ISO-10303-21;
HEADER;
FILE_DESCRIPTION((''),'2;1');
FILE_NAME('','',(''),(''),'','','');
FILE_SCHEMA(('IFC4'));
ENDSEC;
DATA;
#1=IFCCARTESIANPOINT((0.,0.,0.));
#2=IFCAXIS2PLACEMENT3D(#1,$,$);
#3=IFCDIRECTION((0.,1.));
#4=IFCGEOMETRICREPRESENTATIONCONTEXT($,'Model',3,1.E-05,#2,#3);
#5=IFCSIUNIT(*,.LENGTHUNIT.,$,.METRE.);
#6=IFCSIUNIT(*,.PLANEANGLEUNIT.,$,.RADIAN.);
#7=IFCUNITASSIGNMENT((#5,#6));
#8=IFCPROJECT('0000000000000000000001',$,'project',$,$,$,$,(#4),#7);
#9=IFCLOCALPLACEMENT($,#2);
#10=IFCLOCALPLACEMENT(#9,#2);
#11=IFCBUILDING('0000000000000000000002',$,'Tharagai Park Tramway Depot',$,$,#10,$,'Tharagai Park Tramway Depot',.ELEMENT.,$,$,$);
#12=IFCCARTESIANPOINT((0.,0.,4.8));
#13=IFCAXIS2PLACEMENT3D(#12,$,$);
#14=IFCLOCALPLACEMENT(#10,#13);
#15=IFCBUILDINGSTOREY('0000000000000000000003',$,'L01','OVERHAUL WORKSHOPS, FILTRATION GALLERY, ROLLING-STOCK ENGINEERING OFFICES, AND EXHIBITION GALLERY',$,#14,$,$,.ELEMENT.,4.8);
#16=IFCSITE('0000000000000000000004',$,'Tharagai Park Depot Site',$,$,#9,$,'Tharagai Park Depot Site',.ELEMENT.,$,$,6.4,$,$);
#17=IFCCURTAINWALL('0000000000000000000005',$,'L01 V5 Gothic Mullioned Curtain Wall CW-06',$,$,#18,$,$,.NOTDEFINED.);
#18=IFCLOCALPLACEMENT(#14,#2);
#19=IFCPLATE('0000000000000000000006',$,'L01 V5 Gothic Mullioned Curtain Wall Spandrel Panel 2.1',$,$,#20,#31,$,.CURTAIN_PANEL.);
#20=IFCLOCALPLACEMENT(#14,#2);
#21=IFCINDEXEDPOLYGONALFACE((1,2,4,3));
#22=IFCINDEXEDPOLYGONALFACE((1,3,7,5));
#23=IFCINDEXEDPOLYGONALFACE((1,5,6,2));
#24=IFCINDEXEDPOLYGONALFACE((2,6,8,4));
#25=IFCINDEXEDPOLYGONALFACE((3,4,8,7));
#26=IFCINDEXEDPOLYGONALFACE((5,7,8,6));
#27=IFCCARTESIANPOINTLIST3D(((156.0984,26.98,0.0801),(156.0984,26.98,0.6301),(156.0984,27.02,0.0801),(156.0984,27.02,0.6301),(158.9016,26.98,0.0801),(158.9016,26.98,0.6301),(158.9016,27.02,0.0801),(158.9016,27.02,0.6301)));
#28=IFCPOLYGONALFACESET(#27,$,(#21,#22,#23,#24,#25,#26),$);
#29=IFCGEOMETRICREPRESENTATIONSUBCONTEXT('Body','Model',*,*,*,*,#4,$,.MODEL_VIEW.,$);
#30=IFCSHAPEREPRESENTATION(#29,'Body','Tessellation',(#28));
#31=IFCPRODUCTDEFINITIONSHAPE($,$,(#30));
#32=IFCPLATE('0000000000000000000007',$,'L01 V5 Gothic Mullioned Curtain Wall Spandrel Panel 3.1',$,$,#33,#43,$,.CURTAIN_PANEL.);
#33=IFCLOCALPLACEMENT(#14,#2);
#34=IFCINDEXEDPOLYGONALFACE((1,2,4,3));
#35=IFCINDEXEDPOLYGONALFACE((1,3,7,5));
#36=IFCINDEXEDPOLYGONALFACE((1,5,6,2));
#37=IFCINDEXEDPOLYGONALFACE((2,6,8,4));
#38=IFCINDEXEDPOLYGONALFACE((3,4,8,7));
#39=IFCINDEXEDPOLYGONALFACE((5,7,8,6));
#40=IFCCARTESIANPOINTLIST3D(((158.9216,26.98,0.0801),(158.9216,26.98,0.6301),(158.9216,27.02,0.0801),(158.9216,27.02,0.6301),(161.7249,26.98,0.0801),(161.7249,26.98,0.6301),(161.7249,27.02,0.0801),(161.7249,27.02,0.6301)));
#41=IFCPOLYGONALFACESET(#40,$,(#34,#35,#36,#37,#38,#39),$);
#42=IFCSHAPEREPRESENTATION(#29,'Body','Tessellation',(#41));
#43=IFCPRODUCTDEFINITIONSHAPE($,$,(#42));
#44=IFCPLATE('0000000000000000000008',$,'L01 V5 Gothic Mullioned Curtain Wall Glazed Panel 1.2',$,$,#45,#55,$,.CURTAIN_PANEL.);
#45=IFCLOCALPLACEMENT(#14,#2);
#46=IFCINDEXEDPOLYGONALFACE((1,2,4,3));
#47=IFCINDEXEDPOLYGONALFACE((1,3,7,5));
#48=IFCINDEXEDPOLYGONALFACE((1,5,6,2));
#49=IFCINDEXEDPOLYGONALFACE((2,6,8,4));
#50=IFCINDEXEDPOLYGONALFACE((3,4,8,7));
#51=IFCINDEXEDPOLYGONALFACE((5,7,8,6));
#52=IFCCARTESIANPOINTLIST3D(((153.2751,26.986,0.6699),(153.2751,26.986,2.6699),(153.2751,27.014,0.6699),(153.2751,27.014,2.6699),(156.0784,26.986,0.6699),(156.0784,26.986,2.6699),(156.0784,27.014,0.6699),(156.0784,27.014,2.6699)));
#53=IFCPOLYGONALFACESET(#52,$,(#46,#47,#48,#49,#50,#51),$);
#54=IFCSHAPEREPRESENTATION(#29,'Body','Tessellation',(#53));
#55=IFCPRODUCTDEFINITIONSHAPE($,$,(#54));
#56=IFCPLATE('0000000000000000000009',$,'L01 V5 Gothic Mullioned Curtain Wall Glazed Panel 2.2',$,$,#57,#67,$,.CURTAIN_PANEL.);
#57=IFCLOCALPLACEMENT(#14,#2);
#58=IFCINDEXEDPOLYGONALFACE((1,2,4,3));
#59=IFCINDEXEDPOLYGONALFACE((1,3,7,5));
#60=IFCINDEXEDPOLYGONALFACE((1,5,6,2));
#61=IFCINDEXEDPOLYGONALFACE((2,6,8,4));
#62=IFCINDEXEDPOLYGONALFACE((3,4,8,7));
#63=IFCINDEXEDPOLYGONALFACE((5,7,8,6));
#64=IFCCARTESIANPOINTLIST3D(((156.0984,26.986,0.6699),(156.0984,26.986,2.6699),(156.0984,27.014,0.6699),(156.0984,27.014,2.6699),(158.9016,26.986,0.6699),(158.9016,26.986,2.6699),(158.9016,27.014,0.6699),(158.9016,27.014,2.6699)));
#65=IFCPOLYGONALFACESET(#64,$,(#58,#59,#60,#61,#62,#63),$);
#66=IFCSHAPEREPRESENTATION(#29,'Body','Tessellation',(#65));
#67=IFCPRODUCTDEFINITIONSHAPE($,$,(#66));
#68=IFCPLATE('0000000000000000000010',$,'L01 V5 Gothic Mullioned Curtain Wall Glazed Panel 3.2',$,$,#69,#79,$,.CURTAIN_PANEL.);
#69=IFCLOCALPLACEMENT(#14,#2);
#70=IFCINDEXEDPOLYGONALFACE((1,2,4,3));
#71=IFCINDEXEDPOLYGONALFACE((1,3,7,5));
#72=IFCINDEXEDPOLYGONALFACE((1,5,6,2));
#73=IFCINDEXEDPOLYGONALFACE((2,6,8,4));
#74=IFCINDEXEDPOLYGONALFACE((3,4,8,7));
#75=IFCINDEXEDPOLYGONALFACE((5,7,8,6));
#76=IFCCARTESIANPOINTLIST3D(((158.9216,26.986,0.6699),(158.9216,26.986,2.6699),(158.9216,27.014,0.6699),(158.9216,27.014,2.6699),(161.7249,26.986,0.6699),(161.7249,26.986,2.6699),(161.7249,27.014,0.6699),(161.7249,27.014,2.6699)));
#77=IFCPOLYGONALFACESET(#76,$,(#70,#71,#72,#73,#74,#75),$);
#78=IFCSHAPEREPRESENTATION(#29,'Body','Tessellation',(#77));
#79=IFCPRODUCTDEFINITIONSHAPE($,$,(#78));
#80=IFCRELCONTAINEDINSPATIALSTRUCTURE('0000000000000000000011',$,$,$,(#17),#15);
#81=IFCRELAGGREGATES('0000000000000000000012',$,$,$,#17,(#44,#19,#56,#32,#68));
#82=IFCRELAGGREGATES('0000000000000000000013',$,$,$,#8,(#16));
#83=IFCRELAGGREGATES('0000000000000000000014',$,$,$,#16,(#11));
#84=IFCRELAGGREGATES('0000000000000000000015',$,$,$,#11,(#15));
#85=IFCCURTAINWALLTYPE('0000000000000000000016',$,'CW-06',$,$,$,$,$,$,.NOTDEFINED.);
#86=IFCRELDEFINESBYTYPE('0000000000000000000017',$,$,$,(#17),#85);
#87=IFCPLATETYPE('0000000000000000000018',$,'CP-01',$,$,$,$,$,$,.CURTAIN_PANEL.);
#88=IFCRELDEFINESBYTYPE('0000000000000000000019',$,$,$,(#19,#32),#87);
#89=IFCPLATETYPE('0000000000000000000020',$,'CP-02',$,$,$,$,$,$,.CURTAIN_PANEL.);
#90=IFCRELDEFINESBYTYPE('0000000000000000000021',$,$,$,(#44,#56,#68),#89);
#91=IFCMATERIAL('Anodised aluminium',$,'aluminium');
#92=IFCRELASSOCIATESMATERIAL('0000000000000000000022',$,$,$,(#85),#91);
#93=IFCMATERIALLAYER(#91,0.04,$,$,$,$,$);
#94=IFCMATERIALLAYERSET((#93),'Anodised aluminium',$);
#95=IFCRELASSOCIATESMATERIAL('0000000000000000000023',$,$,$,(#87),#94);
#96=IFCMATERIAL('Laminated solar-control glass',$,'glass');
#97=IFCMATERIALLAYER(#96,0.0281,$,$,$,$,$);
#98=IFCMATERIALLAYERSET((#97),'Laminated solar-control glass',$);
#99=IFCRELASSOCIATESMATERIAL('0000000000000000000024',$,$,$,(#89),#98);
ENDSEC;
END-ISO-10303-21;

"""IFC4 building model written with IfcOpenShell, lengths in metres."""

from ifc_helpers import new_model, si_unit, direction, frame, origin, origin_2d, place, context, subcontext, project, spatial, rectangle, extrude, material, layer, layer_set, type_object, element, aggregate, save


model = new_model("IFC4")

# Units and contexts
model_context = context("Model", 3, precision=1e-05, world=origin(), true_north=direction((0.0, 1.0)))
body_context = subcontext(model_context, "Body", "Model", "MODEL_VIEW")
ifc_project = project(units=[si_unit("LENGTHUNIT", "METRE"), si_unit("PLANEANGLEUNIT", "RADIAN")], contexts=[model_context])

# Site, building, storey
site_placement = place(None, origin())
site = spatial("IfcSite", under=ifc_project, at=site_placement, Name="Tharagai Park Depot Site", LongName="Tharagai Park Depot Site", CompositionType="ELEMENT", RefElevation=6.4)
building_placement = place(site_placement, origin())
building = spatial("IfcBuilding", under=site, at=building_placement, Name="Tharagai Park Tramway Depot", LongName="Tharagai Park Tramway Depot", CompositionType="ELEMENT")
storey_placement = place(building_placement, frame((0.0, 0.0, 4.8)))
storey = spatial("IfcBuildingStorey", under=building, at=storey_placement, Name="L01", Description="OVERHAUL WORKSHOPS, FILTRATION GALLERY, ROLLING-STOCK ENGINEERING OFFICES, AND EXHIBITION GALLERY", CompositionType="ELEMENT", Elevation=4.8)

# Curtain wall, plates
ifc_material_1 = material(Name="Anodised aluminium", Category="aluminium")
curtain_wall_type = type_object("IfcCurtainWallType", Name="CW-06", PredefinedType="NOTDEFINED", material=ifc_material_1)
curtain_wall_placement = place(storey_placement, origin())
curtain_wall = element("IfcCurtainWall", 1, at=curtain_wall_placement, inside=storey, type_object=curtain_wall_type, Name="L01 V5 Gothic Mullioned Curtain Wall CW-06", PredefinedType="NOTDEFINED")
ifc_layer_1 = layer(ifc_material_1, 0.04)
ifc_layer_set_1 = layer_set([ifc_layer_1], Name="Anodised aluminium")
plate_type_1 = type_object("IfcPlateType", Name="CP-01", PredefinedType="CURTAIN_PANEL", material=ifc_layer_set_1)
plate_1_placement = place(storey_placement, frame((157.5, 27.0, 0.0801), z_axis=(0.0, 0.0, 1.0), x_axis=(1.0, 0.0, 0.0)))
plate_1 = element("IfcPlate", 2, at=plate_1_placement, type_object=plate_type_1, Name="L01 V5 Gothic Mullioned Curtain Wall Spandrel Panel 2.1", PredefinedType="CURTAIN_PANEL", context=body_context, shape_type="SweptSolid", body=[
    extrude(rectangle(XDim=2.8032, YDim=0.04, at=origin_2d()), origin(), (0.0, 0.0, 1.0), 0.55),
])
plate_2_placement = place(storey_placement, frame((160.3232, 27.0, 0.0801), z_axis=(0.0, 0.0, 1.0), x_axis=(1.0, 0.0, 0.0)))
plate_2 = element("IfcPlate", 3, at=plate_2_placement, type_object=plate_type_1, Name="L01 V5 Gothic Mullioned Curtain Wall Spandrel Panel 3.1", PredefinedType="CURTAIN_PANEL", context=body_context, shape_type="SweptSolid", body=[
    extrude(rectangle(XDim=2.8032, YDim=0.04, at=origin_2d()), origin(), (0.0, 0.0, 1.0), 0.55),
])
ifc_material_2 = material(Name="Laminated solar-control glass", Category="glass")
ifc_layer_2 = layer(ifc_material_2, 0.0281)
ifc_layer_set_2 = layer_set([ifc_layer_2], Name="Laminated solar-control glass")
plate_type_2 = type_object("IfcPlateType", Name="CP-02", PredefinedType="CURTAIN_PANEL", material=ifc_layer_set_2)
plate_3_placement = place(storey_placement, frame((154.6768, 27.0, 0.6699), z_axis=(0.0, 0.0, 1.0), x_axis=(1.0, 0.0, 0.0)))
plate_3 = element("IfcPlate", 4, at=plate_3_placement, type_object=plate_type_2, Name="L01 V5 Gothic Mullioned Curtain Wall Glazed Panel 1.2", PredefinedType="CURTAIN_PANEL", context=body_context, shape_type="SweptSolid", body=[
    extrude(rectangle(XDim=2.8032, YDim=0.0281, at=origin_2d()), origin(), (0.0, 0.0, 1.0), 2.0),
])
plate_4_placement = place(storey_placement, frame((157.5, 27.0, 0.6699), z_axis=(0.0, 0.0, 1.0), x_axis=(1.0, 0.0, 0.0)))
plate_4 = element("IfcPlate", 5, at=plate_4_placement, type_object=plate_type_2, Name="L01 V5 Gothic Mullioned Curtain Wall Glazed Panel 2.2", PredefinedType="CURTAIN_PANEL", context=body_context, shape_type="SweptSolid", body=[
    extrude(rectangle(XDim=2.8032, YDim=0.0281, at=origin_2d()), origin(), (0.0, 0.0, 1.0), 2.0),
])
plate_5_placement = place(storey_placement, frame((160.3232, 27.0, 0.6699), z_axis=(0.0, 0.0, 1.0), x_axis=(1.0, 0.0, 0.0)))
plate_5 = element("IfcPlate", 6, at=plate_5_placement, type_object=plate_type_2, Name="L01 V5 Gothic Mullioned Curtain Wall Glazed Panel 3.2", PredefinedType="CURTAIN_PANEL", context=body_context, shape_type="SweptSolid", body=[
    extrude(rectangle(XDim=2.8032, YDim=0.0281, at=origin_2d()), origin(), (0.0, 0.0, 1.0), 2.0),
])
aggregate(curtain_wall, [plate_3, plate_1, plate_4, plate_2, plate_5])

save(model, "model.ifc")
